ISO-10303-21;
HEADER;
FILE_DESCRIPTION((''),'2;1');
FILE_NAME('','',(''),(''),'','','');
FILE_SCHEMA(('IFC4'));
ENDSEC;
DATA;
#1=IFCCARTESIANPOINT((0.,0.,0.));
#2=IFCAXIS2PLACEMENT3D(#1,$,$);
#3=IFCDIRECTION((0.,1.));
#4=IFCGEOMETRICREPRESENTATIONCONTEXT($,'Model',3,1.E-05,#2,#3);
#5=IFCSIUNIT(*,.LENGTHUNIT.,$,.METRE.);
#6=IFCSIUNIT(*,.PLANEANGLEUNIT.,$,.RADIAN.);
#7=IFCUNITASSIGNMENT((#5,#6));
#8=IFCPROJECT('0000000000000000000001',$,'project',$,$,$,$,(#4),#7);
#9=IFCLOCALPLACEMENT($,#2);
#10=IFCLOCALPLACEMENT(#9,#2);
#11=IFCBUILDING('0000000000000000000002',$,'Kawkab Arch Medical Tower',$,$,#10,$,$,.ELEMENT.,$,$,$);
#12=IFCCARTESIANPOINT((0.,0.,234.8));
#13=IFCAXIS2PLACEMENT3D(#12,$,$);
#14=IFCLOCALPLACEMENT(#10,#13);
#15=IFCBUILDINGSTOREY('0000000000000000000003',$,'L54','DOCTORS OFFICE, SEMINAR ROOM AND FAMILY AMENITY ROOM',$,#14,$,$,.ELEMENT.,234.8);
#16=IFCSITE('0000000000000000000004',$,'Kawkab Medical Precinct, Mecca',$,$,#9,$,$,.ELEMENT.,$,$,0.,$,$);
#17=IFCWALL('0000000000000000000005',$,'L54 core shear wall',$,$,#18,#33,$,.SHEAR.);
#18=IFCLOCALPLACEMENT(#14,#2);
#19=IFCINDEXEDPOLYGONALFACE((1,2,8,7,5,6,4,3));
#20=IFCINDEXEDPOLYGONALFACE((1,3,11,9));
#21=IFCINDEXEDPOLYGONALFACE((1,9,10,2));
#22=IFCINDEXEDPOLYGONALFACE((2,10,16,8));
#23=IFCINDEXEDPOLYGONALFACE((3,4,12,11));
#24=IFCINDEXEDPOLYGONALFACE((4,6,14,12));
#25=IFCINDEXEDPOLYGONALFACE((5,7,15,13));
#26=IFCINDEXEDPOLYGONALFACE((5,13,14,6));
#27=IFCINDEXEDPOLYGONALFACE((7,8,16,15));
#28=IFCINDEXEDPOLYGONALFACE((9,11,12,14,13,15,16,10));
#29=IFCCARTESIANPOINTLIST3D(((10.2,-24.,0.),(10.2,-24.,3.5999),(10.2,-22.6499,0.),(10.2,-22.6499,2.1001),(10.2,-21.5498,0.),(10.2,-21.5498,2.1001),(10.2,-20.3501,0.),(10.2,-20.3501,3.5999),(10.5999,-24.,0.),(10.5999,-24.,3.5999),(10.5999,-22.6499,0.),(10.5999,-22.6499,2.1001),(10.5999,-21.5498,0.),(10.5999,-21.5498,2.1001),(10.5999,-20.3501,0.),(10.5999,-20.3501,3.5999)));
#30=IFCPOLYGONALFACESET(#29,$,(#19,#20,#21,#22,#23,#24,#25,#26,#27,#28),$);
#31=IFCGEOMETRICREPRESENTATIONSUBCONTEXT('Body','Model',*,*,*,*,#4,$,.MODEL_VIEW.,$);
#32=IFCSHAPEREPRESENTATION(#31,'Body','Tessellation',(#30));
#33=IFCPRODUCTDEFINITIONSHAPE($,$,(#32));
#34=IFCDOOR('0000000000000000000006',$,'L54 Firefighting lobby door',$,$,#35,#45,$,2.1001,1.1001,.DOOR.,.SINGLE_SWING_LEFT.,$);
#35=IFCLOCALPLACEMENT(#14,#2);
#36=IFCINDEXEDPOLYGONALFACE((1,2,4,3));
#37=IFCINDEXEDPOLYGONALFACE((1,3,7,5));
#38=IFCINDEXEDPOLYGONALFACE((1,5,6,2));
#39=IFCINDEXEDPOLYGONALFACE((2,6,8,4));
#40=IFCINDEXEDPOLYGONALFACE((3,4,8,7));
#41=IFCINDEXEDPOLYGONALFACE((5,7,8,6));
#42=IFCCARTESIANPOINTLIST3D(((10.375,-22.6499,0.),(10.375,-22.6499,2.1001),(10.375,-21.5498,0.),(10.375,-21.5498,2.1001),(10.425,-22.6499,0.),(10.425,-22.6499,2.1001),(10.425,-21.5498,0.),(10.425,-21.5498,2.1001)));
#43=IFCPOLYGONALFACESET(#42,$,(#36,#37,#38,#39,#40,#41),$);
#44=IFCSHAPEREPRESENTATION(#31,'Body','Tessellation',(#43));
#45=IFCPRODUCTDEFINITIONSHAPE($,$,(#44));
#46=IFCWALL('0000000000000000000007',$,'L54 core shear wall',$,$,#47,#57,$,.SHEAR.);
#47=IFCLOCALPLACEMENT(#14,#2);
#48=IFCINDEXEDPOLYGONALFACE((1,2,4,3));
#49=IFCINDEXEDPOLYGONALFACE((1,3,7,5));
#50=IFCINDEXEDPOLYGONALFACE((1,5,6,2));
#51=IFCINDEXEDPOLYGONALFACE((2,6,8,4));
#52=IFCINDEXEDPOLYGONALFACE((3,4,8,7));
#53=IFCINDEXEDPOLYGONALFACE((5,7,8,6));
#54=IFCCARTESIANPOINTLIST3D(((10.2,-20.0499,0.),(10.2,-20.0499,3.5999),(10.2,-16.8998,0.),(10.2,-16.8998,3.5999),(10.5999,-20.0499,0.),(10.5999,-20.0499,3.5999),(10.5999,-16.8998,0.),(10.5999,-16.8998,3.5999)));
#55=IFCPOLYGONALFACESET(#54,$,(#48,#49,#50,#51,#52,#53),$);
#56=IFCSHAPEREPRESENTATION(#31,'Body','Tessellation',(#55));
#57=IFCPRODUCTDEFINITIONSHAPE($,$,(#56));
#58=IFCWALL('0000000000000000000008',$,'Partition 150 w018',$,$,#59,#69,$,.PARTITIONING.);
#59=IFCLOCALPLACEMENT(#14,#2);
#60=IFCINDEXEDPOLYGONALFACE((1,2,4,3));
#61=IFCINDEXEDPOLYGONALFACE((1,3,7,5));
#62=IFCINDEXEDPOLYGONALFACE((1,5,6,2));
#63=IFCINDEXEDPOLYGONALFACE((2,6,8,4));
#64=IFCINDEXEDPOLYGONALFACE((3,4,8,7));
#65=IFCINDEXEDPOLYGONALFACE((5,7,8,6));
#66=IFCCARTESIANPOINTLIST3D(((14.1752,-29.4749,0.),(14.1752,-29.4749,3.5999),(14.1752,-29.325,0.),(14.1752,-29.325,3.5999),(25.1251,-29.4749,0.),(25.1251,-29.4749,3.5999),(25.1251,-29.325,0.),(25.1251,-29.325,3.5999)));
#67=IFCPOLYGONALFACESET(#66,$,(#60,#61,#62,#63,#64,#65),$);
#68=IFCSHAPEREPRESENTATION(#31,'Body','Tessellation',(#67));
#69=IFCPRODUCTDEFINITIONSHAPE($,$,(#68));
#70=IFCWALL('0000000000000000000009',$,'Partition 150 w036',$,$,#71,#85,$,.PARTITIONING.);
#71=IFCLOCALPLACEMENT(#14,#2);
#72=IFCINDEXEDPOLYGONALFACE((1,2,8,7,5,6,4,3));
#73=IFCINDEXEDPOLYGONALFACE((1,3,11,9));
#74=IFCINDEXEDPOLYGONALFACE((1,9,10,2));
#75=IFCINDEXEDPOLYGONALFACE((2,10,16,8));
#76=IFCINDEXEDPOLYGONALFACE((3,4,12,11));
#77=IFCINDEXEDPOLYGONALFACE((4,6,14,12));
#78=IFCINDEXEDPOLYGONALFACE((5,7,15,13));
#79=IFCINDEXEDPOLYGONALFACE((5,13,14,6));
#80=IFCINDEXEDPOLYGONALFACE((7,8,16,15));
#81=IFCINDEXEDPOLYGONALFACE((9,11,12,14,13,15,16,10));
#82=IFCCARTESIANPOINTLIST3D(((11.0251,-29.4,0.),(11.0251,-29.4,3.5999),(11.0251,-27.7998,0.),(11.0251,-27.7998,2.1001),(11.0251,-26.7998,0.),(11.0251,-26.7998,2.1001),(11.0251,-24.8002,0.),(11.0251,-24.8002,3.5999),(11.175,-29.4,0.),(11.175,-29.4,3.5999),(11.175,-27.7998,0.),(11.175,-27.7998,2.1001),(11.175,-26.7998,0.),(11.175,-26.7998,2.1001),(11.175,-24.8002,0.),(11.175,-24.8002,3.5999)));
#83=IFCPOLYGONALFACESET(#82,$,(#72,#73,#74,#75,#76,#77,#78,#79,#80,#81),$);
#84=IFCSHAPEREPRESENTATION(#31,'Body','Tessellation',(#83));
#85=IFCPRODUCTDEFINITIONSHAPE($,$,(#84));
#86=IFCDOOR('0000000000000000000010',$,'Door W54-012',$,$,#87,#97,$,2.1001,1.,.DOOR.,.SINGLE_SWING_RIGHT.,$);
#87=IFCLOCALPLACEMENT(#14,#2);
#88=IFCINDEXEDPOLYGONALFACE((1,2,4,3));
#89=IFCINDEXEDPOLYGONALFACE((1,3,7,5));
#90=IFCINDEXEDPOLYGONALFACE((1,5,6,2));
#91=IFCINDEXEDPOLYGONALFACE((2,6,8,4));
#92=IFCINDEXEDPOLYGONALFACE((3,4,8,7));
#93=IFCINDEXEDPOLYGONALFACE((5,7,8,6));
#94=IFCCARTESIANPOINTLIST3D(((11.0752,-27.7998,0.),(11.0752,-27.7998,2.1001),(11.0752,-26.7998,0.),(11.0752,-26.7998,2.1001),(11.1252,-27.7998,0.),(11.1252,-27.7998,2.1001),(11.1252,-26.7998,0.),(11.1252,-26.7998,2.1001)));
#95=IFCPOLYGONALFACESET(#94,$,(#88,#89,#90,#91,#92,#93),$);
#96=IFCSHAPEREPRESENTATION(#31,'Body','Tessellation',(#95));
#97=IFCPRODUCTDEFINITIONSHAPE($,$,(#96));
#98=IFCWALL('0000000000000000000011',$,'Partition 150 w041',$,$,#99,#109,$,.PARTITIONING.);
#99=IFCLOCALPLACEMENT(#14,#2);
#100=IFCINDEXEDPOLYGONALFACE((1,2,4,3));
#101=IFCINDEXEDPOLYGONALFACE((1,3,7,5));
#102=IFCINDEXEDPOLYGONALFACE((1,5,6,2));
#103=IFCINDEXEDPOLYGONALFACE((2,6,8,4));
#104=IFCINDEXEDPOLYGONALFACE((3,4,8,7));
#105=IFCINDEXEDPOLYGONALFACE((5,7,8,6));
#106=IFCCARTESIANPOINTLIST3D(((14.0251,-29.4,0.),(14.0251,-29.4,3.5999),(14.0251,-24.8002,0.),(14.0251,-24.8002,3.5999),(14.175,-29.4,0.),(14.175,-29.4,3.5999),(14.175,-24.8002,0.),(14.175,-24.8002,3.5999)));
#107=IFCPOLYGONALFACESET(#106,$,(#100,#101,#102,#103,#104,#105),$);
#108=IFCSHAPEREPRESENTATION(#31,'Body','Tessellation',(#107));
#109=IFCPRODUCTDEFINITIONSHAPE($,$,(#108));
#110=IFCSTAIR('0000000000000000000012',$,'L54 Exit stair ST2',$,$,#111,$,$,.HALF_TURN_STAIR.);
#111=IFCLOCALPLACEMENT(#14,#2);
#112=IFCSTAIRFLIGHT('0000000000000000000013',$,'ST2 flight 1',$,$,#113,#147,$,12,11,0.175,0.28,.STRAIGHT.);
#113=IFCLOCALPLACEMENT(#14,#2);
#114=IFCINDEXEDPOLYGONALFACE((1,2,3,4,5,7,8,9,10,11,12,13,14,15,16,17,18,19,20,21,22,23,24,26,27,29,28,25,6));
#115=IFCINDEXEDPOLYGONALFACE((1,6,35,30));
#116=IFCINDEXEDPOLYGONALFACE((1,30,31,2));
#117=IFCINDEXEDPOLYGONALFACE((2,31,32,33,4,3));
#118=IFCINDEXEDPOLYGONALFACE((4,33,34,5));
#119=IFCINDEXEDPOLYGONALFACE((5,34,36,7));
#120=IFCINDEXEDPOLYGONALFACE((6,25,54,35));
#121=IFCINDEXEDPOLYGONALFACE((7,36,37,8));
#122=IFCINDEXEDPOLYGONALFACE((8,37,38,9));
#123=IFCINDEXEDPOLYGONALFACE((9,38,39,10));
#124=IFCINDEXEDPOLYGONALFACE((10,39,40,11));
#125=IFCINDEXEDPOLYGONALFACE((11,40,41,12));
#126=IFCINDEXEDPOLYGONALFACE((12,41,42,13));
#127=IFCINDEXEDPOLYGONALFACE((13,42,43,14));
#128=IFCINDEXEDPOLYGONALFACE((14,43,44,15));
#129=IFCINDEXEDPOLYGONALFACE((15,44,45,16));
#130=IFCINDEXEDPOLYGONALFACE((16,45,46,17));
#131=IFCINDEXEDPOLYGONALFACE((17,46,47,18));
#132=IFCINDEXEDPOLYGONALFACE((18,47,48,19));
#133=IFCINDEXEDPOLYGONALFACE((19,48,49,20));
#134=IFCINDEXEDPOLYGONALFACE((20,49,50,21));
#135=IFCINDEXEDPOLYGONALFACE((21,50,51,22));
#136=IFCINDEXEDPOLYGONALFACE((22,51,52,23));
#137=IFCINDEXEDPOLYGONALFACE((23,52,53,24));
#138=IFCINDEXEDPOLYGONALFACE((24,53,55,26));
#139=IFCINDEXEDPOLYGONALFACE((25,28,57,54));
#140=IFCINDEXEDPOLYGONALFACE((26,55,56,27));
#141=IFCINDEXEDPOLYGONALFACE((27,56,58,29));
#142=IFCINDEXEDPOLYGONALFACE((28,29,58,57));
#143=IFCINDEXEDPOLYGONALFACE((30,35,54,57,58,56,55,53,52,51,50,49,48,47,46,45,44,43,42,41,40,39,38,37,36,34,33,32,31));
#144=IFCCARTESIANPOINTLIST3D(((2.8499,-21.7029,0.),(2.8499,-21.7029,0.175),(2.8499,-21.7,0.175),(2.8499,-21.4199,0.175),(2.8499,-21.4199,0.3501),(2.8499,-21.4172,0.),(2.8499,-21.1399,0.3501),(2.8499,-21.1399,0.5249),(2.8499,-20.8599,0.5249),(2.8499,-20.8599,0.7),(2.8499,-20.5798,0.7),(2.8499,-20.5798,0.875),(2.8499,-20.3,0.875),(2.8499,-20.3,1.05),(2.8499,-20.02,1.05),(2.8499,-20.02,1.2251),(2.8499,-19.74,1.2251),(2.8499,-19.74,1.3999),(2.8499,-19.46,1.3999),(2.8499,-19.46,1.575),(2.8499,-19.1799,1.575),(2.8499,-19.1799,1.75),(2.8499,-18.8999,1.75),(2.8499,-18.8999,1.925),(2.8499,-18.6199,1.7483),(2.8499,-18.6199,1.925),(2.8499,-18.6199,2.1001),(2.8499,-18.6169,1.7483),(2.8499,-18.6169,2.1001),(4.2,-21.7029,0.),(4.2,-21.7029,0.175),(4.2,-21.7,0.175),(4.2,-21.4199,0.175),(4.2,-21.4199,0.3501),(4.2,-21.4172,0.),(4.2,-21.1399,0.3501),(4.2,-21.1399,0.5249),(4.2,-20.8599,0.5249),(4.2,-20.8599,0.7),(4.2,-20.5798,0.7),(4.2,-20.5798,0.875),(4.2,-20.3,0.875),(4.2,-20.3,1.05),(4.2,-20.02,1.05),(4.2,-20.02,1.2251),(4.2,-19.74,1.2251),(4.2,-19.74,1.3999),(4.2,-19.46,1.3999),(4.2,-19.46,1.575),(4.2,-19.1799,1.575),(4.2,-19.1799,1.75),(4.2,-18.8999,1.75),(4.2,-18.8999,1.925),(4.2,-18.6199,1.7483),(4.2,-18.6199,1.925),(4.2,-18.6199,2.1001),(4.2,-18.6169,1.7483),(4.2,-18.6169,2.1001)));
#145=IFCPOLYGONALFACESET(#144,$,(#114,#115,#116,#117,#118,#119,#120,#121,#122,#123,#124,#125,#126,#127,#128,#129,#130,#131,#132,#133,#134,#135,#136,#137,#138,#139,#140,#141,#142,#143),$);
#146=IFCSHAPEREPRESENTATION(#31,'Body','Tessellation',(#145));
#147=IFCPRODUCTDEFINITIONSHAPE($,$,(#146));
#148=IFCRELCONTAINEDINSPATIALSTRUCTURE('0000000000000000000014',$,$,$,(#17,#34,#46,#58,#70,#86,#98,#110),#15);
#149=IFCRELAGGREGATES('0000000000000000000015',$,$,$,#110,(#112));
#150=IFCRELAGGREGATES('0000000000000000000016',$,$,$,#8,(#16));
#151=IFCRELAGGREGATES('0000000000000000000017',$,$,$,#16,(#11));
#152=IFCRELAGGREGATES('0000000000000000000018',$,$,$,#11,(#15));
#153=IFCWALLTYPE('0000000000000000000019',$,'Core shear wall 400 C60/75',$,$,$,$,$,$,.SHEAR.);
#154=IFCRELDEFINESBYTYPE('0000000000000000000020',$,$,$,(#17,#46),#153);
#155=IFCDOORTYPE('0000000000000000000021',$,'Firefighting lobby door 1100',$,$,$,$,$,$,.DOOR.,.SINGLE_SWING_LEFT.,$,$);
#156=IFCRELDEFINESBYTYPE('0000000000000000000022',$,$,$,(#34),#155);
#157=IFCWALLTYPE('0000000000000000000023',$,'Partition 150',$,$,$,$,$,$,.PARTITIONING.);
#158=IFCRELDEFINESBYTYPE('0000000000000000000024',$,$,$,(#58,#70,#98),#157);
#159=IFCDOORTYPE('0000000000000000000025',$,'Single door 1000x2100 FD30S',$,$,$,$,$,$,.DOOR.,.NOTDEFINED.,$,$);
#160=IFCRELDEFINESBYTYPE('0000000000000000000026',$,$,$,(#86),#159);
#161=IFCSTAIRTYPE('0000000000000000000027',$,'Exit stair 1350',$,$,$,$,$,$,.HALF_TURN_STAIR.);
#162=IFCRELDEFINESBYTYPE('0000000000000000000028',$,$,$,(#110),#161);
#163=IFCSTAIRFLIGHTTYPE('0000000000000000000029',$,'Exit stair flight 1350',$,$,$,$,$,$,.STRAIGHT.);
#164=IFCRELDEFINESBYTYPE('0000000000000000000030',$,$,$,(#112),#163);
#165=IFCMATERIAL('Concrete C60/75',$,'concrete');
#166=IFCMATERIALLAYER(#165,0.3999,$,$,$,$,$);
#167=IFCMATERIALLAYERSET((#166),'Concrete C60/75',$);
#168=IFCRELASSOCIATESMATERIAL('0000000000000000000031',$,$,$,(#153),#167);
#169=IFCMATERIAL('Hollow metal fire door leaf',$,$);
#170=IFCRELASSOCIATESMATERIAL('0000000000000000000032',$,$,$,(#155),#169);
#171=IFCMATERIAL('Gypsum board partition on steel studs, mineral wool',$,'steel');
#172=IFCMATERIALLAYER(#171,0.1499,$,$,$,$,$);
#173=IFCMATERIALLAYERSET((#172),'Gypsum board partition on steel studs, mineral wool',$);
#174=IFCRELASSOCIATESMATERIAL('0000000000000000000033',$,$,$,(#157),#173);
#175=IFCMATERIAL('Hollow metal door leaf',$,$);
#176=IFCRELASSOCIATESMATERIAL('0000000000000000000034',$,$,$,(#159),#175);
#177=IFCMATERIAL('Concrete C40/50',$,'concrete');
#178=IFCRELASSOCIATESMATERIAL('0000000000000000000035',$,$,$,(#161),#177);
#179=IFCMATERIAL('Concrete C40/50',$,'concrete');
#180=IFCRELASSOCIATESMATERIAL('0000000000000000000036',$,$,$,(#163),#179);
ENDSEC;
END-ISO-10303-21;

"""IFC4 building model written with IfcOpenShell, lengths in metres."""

from ifc_helpers import new_model, si_unit, direction, frame, frame_2d, origin, place, context, subcontext, project, spatial, polyline, rectangle, outline, extrude, material, layer, layer_set, type_object, element, fill, aggregate, save


model = new_model("IFC4")

# Units and contexts
model_context = context("Model", 3, precision=1e-05, world=origin(), true_north=direction((0.0, 1.0)))
body_context = subcontext(model_context, "Body", "Model", "MODEL_VIEW")
ifc_project = project(units=[si_unit("LENGTHUNIT", "METRE"), si_unit("PLANEANGLEUNIT", "RADIAN")], contexts=[model_context])

# Site, building, storey
site_placement = place(None, origin())
site = spatial("IfcSite", under=ifc_project, at=site_placement, Name="Kawkab Medical Precinct, Mecca", CompositionType="ELEMENT", RefElevation=0.0)
building_placement = place(site_placement, origin())
building = spatial("IfcBuilding", under=site, at=building_placement, Name="Kawkab Arch Medical Tower", CompositionType="ELEMENT")
storey_placement = place(building_placement, frame((0.0, 0.0, 234.8)))
storey = spatial("IfcBuildingStorey", under=building, at=storey_placement, Name="L54", Description="DOCTORS OFFICE, SEMINAR ROOM AND FAMILY AMENITY ROOM", CompositionType="ELEMENT", Elevation=234.8)

# Wall, opening, door
ifc_material_1 = material(Name="Concrete C60/75", Category="concrete")
ifc_layer_1 = layer(ifc_material_1, 0.3999)
ifc_layer_set_1 = layer_set([ifc_layer_1], Name="Concrete C60/75")
wall_type_1 = type_object("IfcWallType", Name="Core shear wall 400 C60/75", PredefinedType="SHEAR", material=ifc_layer_set_1)
wall_1_placement = place(storey_placement, frame((10.3999, -24.0, 0.0), z_axis=(0.0, 0.0, 1.0), x_axis=(0.0, 1.0, 0.0)))
wall_1 = element("IfcWall", 1, at=wall_1_placement, inside=storey, type_object=wall_type_1, Name="L54 core shear wall", PredefinedType="SHEAR", context=body_context, shape_type="SweptSolid", body=[
    extrude(rectangle(XDim=3.6499, YDim=0.3999, at=frame_2d((1.825, 0.0))), origin(), (0.0, 0.0, 1.0), 3.5999),
])
opening_1_placement = place(wall_1_placement, frame((1.3501, 0.0, 0.0)))
opening_1 = element("IfcOpeningElement", 2, at=opening_1_placement, cuts=wall_1, PredefinedType="OPENING", context=body_context, shape_type="SweptSolid", body=[
    extrude(rectangle(XDim=1.1001, YDim=2.1001, at=frame_2d((0.55, 1.05))), frame((0.0, 0.21, 0.0), z_axis=(0.0, -1.0, 0.0), x_axis=(1.0, 0.0, 0.0)), (0.0, 0.0, 1.0), 0.4199),
])
ifc_material_2 = material(Name="Hollow metal fire door leaf")
door_type_1 = type_object("IfcDoorType", Name="Firefighting lobby door 1100", OperationType="SINGLE_SWING_LEFT", PredefinedType="DOOR", material=ifc_material_2)
door_1_placement = place(opening_1_placement, origin())
door_1 = element("IfcDoor", 3, at=door_1_placement, inside=storey, type_object=door_type_1, Name="L54 Firefighting lobby door", OperationType="SINGLE_SWING_LEFT", OverallHeight=2.1001, OverallWidth=1.1001, PredefinedType="DOOR", context=body_context, shape_type="SweptSolid", body=[
    extrude(rectangle(XDim=1.1001, YDim=2.1001, at=frame_2d((0.55, 1.05))), frame((0.0, 0.0249, 0.0), z_axis=(0.0, -1.0, 0.0), x_axis=(1.0, 0.0, 0.0)), (0.0, 0.0, 1.0), 0.05),
])
fill(opening_1, door_1)

# Walls
wall_2_placement = place(storey_placement, frame((10.3999, -20.05, 0.0), z_axis=(0.0, 0.0, 1.0), x_axis=(0.0, 1.0, 0.0)))
element("IfcWall", 4, at=wall_2_placement, inside=storey, type_object=wall_type_1, Name="L54 core shear wall", PredefinedType="SHEAR", context=body_context, shape_type="SweptSolid", body=[
    extrude(rectangle(XDim=3.1501, YDim=0.3999, at=frame_2d((1.5752, 0.0))), origin(), (0.0, 0.0, 1.0), 3.5999),
])
ifc_material_3 = material(Name="Gypsum board partition on steel studs, mineral wool", Category="steel")
ifc_layer_2 = layer(ifc_material_3, 0.1499)
ifc_layer_set_2 = layer_set([ifc_layer_2], Name="Gypsum board partition on steel studs, mineral wool")
wall_type_2 = type_object("IfcWallType", Name="Partition 150", PredefinedType="PARTITIONING", material=ifc_layer_set_2)
wall_3_placement = place(storey_placement, frame((14.175, -29.3999, 0.0), z_axis=(0.0, 0.0, 1.0), x_axis=(1.0, 0.0, 0.0)))
element("IfcWall", 5, at=wall_3_placement, inside=storey, type_object=wall_type_2, Name="Partition 150 w018", PredefinedType="PARTITIONING", context=body_context, shape_type="SweptSolid", body=[
    extrude(rectangle(XDim=10.95, YDim=0.1499, at=frame_2d((5.4751, 0.0))), origin(), (0.0, 0.0, 1.0), 3.5999),
])

# Wall, opening, door
wall_4_placement = place(storey_placement, frame((11.1001, -29.3999, 0.0), z_axis=(0.0, 0.0, 1.0), x_axis=(0.0, 1.0, 0.0)))
wall_4 = element("IfcWall", 6, at=wall_4_placement, inside=storey, type_object=wall_type_2, Name="Partition 150 w036", PredefinedType="PARTITIONING", context=body_context, shape_type="SweptSolid", body=[
    extrude(rectangle(XDim=4.5999, YDim=0.1499, at=frame_2d((2.2998, 0.0))), origin(), (0.0, 0.0, 1.0), 3.5999),
])
opening_2_placement = place(wall_4_placement, frame((1.6001, 0.0, 0.0)))
opening_2 = element("IfcOpeningElement", 7, at=opening_2_placement, cuts=wall_4, PredefinedType="OPENING", context=body_context, shape_type="SweptSolid", body=[
    extrude(rectangle(XDim=1.0, YDim=2.1001, at=frame_2d((0.5, 1.05))), frame((0.0, 0.085, 0.0), z_axis=(0.0, -1.0, 0.0), x_axis=(1.0, 0.0, 0.0)), (0.0, 0.0, 1.0), 0.1699),
])
ifc_material_4 = material(Name="Hollow metal door leaf")
door_type_2 = type_object("IfcDoorType", Name="Single door 1000x2100 FD30S", OperationType="NOTDEFINED", PredefinedType="DOOR", material=ifc_material_4)
door_2_placement = place(opening_2_placement, origin())
door_2 = element("IfcDoor", 8, at=door_2_placement, inside=storey, type_object=door_type_2, Name="Door W54-012", OperationType="SINGLE_SWING_RIGHT", OverallHeight=2.1001, OverallWidth=1.0, PredefinedType="DOOR", context=body_context, shape_type="SweptSolid", body=[
    extrude(rectangle(XDim=1.0, YDim=2.1001, at=frame_2d((0.5, 1.05))), frame((0.0, 0.0249, 0.0), z_axis=(0.0, -1.0, 0.0), x_axis=(1.0, 0.0, 0.0)), (0.0, 0.0, 1.0), 0.05),
])
fill(opening_2, door_2)

# Wall
wall_5_placement = place(storey_placement, frame((14.1001, -29.3999, 0.0), z_axis=(0.0, 0.0, 1.0), x_axis=(0.0, 1.0, 0.0)))
element("IfcWall", 9, at=wall_5_placement, inside=storey, type_object=wall_type_2, Name="Partition 150 w041", PredefinedType="PARTITIONING", context=body_context, shape_type="SweptSolid", body=[
    extrude(rectangle(XDim=4.5999, YDim=0.1499, at=frame_2d((2.2998, 0.0))), origin(), (0.0, 0.0, 1.0), 3.5999),
])

# Stair, stair flight
ifc_material_5 = material(Name="Concrete C40/50", Category="concrete")
stair_type = type_object("IfcStairType", Name="Exit stair 1350", PredefinedType="HALF_TURN_STAIR", material=ifc_material_5)
stair_placement = place(storey_placement, origin())
stair = element("IfcStair", 10, at=stair_placement, inside=storey, type_object=stair_type, Name="L54 Exit stair ST2", PredefinedType="HALF_TURN_STAIR")
ifc_material_6 = material(Name="Concrete C40/50", Category="concrete")
stair_flight_type = type_object("IfcStairFlightType", Name="Exit stair flight 1350", PredefinedType="STRAIGHT", material=ifc_material_6)
stair_flight_placement = place(storey_placement, frame((3.5249, -21.7, 0.0), z_axis=(0.0, 0.0, 1.0), x_axis=(0.0, 1.0, 0.0)))
stair_flight = element("IfcStairFlight", 11, at=stair_flight_placement, type_object=stair_flight_type, Name="ST2 flight 1", NumberOfRisers=12, NumberOfTreads=11, PredefinedType="STRAIGHT", RiserHeight=0.175, TreadLength=0.28, context=body_context, shape_type="SweptSolid", body=[
    extrude(outline(polyline([(-0.0029, 0.0), (-0.0029, 0.175), (0.0, 0.175), (0.28, 0.175), (0.28, 0.3501), (0.5601, 0.3501), (0.5601, 0.5249), (0.8401, 0.5249), (0.8401, 0.7), (1.1201, 0.7), (1.1201, 0.875), (1.3999, 0.875), (1.3999, 1.05), (1.6799, 1.05), (1.6799, 1.2251), (1.96, 1.2251), (1.96, 1.3999), (2.24, 1.3999), (2.24, 1.575), (2.52, 1.575), (2.52, 1.75), (2.8, 1.75), (2.8, 1.925), (3.0801, 1.925), (3.0801, 2.1001), (3.083, 2.1001), (3.083, 1.7483), (3.0801, 1.7483), (0.2827, 0.0), (-0.0029, 0.0)])), frame((0.0, 0.675, 0.0), z_axis=(0.0, -1.0, 0.0), x_axis=(1.0, 0.0, 0.0)), (0.0, 0.0, 1.0), 1.3501),
])
aggregate(stair, [stair_flight])

save(model, "model.ifc")
